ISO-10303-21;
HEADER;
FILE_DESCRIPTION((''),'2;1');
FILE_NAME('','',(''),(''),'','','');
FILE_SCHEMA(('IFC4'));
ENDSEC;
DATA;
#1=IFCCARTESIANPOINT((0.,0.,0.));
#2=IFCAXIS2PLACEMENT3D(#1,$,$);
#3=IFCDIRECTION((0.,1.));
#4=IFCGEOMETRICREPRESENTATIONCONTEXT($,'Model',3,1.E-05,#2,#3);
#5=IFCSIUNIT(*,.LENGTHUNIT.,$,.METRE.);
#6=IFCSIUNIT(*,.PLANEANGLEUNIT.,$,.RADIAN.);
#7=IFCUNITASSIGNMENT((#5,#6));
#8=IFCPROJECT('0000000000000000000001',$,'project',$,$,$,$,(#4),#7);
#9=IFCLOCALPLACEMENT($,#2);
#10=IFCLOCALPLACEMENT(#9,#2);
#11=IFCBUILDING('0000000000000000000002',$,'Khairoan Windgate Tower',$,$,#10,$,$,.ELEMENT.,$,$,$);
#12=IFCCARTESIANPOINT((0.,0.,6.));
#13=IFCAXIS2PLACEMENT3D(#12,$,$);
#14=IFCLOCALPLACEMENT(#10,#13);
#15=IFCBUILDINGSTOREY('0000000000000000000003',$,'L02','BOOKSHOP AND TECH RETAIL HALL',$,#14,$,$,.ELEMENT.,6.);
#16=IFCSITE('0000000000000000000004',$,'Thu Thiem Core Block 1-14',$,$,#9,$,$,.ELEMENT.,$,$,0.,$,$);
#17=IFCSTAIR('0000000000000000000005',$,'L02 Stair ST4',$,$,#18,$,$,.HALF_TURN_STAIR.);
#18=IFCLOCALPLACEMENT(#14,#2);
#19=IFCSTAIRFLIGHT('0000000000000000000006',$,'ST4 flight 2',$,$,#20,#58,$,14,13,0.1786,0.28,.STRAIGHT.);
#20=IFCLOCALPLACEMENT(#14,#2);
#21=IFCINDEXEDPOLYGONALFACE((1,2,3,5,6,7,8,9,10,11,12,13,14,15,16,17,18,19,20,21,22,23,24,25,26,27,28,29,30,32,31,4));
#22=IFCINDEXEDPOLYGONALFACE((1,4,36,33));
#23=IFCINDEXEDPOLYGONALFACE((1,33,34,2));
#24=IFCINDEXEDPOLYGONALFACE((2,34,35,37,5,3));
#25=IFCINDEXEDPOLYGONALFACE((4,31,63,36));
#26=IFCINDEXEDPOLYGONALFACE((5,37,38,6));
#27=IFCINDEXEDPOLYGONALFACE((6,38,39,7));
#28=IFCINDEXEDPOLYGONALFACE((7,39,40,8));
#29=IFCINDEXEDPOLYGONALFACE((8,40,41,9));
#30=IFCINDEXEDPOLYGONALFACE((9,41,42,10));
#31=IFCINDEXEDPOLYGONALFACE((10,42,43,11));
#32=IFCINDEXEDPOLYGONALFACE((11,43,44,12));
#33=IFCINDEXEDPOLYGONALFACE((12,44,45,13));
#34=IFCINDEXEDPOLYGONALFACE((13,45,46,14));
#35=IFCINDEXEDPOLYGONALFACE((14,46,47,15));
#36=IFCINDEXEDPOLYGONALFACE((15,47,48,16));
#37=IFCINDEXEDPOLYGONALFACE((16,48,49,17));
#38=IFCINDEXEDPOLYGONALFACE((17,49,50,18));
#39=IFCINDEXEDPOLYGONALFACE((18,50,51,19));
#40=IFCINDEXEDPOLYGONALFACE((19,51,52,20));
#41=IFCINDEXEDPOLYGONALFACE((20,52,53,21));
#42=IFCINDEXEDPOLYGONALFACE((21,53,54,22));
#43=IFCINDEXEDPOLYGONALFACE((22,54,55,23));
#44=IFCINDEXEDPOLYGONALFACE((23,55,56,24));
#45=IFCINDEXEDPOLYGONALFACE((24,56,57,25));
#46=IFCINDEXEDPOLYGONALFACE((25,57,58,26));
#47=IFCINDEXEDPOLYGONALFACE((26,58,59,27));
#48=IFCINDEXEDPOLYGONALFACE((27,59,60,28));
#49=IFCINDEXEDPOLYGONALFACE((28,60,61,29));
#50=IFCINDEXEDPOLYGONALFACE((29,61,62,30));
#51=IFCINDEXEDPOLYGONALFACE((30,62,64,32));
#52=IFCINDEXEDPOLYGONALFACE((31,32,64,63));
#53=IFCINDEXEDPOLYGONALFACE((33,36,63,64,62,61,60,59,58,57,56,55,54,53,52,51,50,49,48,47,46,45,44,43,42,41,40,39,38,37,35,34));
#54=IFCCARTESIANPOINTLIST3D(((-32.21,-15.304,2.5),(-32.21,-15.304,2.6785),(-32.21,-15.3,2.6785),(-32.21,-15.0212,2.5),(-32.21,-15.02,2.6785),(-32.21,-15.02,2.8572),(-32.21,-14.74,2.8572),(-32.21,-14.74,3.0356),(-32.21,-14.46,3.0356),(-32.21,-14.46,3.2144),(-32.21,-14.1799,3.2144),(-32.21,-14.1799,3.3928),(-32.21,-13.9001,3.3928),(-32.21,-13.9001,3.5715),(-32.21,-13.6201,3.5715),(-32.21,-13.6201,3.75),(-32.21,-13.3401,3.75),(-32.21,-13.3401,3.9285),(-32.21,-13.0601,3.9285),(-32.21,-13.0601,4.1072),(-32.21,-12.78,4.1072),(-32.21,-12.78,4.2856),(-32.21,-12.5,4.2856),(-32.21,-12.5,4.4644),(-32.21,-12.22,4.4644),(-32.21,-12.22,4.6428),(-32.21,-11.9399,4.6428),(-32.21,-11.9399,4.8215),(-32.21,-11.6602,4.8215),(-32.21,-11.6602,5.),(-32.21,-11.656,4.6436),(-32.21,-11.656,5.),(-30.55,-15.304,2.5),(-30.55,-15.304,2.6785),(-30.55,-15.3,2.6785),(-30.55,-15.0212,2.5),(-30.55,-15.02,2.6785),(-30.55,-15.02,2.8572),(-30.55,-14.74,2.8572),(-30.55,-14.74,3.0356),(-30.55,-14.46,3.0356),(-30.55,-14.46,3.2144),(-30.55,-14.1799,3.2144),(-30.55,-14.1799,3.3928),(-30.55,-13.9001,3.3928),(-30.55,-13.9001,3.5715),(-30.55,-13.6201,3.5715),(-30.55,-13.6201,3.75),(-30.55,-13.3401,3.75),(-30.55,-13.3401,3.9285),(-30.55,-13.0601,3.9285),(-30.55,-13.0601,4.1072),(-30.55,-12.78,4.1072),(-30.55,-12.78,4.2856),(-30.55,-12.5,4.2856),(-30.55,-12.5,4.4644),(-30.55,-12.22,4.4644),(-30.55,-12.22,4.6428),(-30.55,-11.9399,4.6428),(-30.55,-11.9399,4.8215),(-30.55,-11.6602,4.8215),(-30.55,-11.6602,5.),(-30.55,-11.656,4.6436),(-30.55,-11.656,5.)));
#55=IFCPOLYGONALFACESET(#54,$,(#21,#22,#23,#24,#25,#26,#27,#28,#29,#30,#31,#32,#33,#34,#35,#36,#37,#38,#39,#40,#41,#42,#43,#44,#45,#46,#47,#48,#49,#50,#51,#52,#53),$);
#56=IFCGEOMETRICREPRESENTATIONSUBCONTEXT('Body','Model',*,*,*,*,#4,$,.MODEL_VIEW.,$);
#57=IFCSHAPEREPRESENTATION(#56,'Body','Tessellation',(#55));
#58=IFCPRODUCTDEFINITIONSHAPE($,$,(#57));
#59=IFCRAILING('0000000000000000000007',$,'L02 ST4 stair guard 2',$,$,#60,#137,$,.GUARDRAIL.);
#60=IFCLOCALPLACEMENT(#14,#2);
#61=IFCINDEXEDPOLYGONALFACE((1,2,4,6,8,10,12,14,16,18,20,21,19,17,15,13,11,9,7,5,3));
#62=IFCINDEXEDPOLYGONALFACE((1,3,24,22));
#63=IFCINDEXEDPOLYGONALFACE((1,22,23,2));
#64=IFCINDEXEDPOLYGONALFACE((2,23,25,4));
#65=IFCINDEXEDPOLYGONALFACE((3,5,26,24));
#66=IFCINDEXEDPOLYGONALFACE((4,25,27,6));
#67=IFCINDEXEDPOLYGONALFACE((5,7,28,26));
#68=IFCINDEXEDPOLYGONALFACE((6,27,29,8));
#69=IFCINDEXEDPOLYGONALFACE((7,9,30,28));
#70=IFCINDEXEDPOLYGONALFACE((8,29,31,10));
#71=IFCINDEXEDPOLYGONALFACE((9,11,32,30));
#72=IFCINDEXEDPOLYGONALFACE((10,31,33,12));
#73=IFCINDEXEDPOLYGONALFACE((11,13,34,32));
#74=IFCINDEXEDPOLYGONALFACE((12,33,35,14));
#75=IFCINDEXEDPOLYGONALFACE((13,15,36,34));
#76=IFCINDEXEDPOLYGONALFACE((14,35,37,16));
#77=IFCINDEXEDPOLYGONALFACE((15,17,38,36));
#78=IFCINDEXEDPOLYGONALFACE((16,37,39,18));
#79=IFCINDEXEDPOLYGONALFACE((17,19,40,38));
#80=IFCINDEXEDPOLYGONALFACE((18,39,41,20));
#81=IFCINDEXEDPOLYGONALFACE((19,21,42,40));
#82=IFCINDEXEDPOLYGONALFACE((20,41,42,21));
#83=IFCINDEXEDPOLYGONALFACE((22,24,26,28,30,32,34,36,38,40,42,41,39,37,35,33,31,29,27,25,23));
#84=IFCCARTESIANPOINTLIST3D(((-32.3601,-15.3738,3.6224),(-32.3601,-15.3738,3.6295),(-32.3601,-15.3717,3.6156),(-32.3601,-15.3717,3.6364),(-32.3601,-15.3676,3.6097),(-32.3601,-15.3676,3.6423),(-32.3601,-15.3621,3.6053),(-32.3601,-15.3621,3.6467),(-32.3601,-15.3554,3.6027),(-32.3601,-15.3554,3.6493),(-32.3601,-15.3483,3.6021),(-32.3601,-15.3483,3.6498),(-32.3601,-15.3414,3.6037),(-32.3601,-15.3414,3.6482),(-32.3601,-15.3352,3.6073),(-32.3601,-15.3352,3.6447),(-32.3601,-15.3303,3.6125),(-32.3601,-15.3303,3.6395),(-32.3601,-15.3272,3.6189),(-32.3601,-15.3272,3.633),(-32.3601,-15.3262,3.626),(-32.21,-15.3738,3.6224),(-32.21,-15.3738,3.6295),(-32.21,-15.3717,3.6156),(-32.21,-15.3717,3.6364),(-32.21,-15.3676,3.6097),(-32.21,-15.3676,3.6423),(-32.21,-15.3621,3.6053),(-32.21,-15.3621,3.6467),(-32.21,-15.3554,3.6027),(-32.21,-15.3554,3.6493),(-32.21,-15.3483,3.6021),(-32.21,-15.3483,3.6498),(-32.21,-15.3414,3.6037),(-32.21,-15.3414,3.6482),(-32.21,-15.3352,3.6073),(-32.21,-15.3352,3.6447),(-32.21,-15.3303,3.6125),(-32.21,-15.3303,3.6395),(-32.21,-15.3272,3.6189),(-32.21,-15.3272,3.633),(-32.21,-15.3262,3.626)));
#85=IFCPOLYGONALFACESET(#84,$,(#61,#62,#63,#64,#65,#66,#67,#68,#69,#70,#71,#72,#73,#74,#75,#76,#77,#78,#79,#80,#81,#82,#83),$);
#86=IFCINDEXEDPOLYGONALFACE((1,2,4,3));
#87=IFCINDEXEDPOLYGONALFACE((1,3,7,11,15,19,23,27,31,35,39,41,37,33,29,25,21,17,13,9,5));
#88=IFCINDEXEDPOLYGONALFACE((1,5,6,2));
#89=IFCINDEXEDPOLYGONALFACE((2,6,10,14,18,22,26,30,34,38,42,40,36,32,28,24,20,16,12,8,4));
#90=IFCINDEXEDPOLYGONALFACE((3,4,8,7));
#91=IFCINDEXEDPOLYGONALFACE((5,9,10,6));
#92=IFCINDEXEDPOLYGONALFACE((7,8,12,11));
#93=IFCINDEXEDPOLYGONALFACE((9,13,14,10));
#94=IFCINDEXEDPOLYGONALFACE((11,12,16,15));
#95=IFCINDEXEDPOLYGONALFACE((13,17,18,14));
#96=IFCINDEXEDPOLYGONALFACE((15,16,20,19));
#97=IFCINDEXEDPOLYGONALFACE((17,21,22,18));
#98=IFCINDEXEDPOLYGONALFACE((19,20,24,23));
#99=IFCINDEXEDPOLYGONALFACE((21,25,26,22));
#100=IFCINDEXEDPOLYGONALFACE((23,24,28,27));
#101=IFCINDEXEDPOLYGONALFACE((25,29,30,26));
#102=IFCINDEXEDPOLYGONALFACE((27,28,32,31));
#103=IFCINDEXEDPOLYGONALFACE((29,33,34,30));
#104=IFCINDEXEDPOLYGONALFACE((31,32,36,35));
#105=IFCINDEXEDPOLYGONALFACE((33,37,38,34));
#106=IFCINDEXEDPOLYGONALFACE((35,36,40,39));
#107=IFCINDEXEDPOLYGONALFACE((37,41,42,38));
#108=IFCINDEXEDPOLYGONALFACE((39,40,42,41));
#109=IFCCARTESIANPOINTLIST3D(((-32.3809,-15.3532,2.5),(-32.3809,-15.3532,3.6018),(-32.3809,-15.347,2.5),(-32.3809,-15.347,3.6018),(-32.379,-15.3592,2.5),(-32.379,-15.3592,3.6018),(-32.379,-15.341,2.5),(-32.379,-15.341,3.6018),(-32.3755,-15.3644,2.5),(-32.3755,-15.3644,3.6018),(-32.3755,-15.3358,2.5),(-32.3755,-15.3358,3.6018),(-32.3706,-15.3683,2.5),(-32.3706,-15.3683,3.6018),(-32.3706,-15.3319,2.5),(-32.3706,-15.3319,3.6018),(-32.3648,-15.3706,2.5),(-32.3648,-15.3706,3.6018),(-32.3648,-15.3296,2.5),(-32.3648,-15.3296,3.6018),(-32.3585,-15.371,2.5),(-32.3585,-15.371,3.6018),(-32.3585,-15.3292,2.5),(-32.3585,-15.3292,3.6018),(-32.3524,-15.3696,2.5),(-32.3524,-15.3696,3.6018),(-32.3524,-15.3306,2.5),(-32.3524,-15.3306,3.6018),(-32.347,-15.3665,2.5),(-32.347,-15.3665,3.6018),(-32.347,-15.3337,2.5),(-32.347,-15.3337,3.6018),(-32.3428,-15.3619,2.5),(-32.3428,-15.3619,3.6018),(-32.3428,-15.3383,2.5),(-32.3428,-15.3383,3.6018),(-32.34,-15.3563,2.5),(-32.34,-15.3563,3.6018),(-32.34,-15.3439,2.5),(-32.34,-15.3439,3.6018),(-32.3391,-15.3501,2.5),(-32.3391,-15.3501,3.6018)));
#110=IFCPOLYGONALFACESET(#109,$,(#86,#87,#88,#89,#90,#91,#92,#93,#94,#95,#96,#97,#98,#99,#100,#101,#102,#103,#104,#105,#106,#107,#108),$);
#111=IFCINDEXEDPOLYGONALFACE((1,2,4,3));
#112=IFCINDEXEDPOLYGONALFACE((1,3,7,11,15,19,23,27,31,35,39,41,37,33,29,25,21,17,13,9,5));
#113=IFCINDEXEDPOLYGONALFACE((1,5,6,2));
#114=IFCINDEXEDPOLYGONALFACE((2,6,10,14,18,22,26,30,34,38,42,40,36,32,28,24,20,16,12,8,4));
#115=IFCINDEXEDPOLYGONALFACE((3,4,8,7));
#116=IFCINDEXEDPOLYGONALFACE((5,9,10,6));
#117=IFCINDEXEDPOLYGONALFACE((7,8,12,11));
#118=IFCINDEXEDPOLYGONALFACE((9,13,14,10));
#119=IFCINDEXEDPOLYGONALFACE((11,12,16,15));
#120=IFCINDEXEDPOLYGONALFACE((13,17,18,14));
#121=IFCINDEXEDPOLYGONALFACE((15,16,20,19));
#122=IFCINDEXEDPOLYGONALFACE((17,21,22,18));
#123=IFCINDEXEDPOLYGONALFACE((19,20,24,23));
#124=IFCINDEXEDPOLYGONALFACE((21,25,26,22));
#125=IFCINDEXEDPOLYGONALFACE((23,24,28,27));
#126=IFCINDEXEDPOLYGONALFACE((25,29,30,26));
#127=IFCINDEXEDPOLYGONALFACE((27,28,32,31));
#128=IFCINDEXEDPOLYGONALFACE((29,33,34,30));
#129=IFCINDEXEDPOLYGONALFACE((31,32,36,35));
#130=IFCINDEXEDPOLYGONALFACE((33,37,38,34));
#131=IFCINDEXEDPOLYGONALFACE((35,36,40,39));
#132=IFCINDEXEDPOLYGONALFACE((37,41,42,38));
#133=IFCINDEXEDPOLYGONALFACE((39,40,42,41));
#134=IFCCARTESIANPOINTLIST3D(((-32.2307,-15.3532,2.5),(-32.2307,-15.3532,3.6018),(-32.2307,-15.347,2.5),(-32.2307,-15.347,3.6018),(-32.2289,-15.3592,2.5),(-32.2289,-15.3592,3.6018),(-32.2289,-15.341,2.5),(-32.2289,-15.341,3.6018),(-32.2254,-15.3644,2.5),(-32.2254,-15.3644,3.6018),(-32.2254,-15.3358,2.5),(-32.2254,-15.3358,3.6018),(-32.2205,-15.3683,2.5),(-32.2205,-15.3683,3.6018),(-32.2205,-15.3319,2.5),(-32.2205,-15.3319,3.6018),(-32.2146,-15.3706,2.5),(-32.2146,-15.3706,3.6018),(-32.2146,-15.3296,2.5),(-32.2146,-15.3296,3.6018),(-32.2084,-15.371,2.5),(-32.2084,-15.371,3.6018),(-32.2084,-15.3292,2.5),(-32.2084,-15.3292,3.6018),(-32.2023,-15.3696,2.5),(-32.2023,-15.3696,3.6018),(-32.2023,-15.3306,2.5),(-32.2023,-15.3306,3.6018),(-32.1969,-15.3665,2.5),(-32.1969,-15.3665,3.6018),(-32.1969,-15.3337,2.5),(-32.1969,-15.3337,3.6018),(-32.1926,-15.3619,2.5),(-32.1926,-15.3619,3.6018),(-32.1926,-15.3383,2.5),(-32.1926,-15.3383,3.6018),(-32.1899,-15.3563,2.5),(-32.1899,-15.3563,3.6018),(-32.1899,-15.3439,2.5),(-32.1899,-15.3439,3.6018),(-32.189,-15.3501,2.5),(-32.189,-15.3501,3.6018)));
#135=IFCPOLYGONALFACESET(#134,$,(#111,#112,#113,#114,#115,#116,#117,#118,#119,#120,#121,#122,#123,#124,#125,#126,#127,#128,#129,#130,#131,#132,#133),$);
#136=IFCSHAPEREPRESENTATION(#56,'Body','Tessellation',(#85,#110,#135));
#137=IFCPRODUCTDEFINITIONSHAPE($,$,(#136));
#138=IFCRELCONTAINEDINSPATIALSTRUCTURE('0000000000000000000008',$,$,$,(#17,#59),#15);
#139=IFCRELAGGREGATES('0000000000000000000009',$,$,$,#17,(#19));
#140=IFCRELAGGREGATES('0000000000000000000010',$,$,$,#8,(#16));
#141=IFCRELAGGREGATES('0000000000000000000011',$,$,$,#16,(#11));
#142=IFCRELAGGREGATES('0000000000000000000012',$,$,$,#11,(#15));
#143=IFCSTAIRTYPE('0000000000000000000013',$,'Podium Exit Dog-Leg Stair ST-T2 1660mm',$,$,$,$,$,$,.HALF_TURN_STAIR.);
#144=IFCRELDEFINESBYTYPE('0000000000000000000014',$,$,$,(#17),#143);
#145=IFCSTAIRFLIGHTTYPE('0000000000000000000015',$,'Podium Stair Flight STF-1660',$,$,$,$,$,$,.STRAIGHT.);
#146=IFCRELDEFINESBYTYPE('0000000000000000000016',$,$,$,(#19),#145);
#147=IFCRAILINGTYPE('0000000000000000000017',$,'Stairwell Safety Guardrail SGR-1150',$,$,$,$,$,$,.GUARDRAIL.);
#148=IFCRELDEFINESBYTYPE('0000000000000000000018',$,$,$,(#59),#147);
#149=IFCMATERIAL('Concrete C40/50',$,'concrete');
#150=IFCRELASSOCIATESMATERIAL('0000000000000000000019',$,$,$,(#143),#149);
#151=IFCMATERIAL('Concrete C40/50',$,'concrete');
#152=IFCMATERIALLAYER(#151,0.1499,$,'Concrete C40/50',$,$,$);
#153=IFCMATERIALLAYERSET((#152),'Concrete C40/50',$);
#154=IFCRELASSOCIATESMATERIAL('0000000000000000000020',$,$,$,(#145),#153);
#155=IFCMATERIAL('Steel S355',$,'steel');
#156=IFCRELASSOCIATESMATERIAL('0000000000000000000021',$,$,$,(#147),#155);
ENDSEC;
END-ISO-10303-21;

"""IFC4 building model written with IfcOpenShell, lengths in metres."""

from ifc_helpers import new_model, si_unit, direction, frame, origin, origin_2d, place, context, subcontext, project, spatial, polyline, circle, outline, extrude, material, layer, layer_set, type_object, element, aggregate, save


model = new_model("IFC4")

# Units and contexts
model_context = context("Model", 3, precision=1e-05, world=origin(), true_north=direction((0.0, 1.0)))
body_context = subcontext(model_context, "Body", "Model", "MODEL_VIEW")
ifc_project = project(units=[si_unit("LENGTHUNIT", "METRE"), si_unit("PLANEANGLEUNIT", "RADIAN")], contexts=[model_context])

# Site, building, storey
site_placement = place(None, origin())
site = spatial("IfcSite", under=ifc_project, at=site_placement, Name="Thu Thiem Core Block 1-14", CompositionType="ELEMENT", RefElevation=0.0)
building_placement = place(site_placement, origin())
building = spatial("IfcBuilding", under=site, at=building_placement, Name="Khairoan Windgate Tower", CompositionType="ELEMENT")
storey_placement = place(building_placement, frame((0.0, 0.0, 6.0)))
storey = spatial("IfcBuildingStorey", under=building, at=storey_placement, Name="L02", Description="BOOKSHOP AND TECH RETAIL HALL", CompositionType="ELEMENT", Elevation=6.0)

# Stair, stair flight
ifc_material_1 = material(Name="Concrete C40/50", Category="concrete")
stair_type = type_object("IfcStairType", Name="Podium Exit Dog-Leg Stair ST-T2 1660mm", PredefinedType="HALF_TURN_STAIR", material=ifc_material_1)
stair_placement = place(storey_placement, origin())
stair = element("IfcStair", 1, at=stair_placement, inside=storey, type_object=stair_type, Name="L02 Stair ST4", PredefinedType="HALF_TURN_STAIR")
ifc_material_2 = material(Name="Concrete C40/50", Category="concrete")
ifc_layer_1 = layer(ifc_material_2, 0.1499, Name="Concrete C40/50")
ifc_layer_set_1 = layer_set([ifc_layer_1], Name="Concrete C40/50")
stair_flight_type = type_object("IfcStairFlightType", Name="Podium Stair Flight STF-1660", PredefinedType="STRAIGHT", material=ifc_layer_set_1)
stair_flight_placement = place(storey_placement, frame((-31.3799, -15.3, 2.5), z_axis=(0.0, 0.0, 1.0), x_axis=(0.0, 1.0, 0.0)))
stair_flight = element("IfcStairFlight", 2, at=stair_flight_placement, type_object=stair_flight_type, Name="ST4 flight 2", NumberOfRisers=14, NumberOfTreads=13, PredefinedType="STRAIGHT", RiserHeight=0.1786, TreadLength=0.28, context=body_context, shape_type="SweptSolid", body=[
    extrude(outline(polyline([(-0.0039, 0.0), (-0.0039, 0.1785), (0.0, 0.1785), (0.28, 0.1785), (0.28, 0.3572), (0.5601, 0.3572), (0.5601, 0.5356), (0.8401, 0.5356), (0.8401, 0.7144), (1.1201, 0.7144), (1.1201, 0.8928), (1.3999, 0.8928), (1.3999, 1.0715), (1.6799, 1.0715), (1.6799, 1.25), (1.96, 1.25), (1.96, 1.4285), (2.24, 1.4285), (2.24, 1.6072), (2.52, 1.6072), (2.52, 1.7856), (2.8, 1.7856), (2.8, 1.9644), (3.0801, 1.9644), (3.0801, 2.1428), (3.3601, 2.1428), (3.3601, 2.3215), (3.6399, 2.3215), (3.6399, 2.5), (3.644, 2.5), (3.644, 2.1436), (0.2788, 0.0), (-0.0039, 0.0)])), frame((0.0, 0.8301, 0.0), z_axis=(0.0, -1.0, 0.0), x_axis=(1.0, 0.0, 0.0)), (0.0, 0.0, 1.0), 1.6599),
])
aggregate(stair, [stair_flight])

# Railing
ifc_material_3 = material(Name="Steel S355", Category="steel")
railing_type = type_object("IfcRailingType", Name="Stairwell Safety Guardrail SGR-1150", PredefinedType="GUARDRAIL", material=ifc_material_3)
railing_1_placement = place(storey_placement, frame((-32.3601, -15.3501, 2.5)))
element("IfcRailing", 3, at=railing_1_placement, inside=storey, type_object=railing_type, Name="L02 ST4 stair guard 2", PredefinedType="GUARDRAIL", context=body_context, shape_type="SweptSolid", body=[
    extrude(circle(Radius=0.0239, at=origin_2d()), frame((0.0, 0.0, 1.126), z_axis=(1.0, 0.0, 0.0), x_axis=(0.0, 1.0, 0.0)), (0.0, 0.0, 1.0), 0.1501),
    extrude(circle(Radius=0.021, at=origin_2d()), origin(), (0.0, 0.0, 1.0), 1.1018),
    extrude(circle(Radius=0.021, at=origin_2d()), frame((0.1501, 0.0, 0.0)), (0.0, 0.0, 1.0), 1.1018),
])

save(model, "model.ifc")
